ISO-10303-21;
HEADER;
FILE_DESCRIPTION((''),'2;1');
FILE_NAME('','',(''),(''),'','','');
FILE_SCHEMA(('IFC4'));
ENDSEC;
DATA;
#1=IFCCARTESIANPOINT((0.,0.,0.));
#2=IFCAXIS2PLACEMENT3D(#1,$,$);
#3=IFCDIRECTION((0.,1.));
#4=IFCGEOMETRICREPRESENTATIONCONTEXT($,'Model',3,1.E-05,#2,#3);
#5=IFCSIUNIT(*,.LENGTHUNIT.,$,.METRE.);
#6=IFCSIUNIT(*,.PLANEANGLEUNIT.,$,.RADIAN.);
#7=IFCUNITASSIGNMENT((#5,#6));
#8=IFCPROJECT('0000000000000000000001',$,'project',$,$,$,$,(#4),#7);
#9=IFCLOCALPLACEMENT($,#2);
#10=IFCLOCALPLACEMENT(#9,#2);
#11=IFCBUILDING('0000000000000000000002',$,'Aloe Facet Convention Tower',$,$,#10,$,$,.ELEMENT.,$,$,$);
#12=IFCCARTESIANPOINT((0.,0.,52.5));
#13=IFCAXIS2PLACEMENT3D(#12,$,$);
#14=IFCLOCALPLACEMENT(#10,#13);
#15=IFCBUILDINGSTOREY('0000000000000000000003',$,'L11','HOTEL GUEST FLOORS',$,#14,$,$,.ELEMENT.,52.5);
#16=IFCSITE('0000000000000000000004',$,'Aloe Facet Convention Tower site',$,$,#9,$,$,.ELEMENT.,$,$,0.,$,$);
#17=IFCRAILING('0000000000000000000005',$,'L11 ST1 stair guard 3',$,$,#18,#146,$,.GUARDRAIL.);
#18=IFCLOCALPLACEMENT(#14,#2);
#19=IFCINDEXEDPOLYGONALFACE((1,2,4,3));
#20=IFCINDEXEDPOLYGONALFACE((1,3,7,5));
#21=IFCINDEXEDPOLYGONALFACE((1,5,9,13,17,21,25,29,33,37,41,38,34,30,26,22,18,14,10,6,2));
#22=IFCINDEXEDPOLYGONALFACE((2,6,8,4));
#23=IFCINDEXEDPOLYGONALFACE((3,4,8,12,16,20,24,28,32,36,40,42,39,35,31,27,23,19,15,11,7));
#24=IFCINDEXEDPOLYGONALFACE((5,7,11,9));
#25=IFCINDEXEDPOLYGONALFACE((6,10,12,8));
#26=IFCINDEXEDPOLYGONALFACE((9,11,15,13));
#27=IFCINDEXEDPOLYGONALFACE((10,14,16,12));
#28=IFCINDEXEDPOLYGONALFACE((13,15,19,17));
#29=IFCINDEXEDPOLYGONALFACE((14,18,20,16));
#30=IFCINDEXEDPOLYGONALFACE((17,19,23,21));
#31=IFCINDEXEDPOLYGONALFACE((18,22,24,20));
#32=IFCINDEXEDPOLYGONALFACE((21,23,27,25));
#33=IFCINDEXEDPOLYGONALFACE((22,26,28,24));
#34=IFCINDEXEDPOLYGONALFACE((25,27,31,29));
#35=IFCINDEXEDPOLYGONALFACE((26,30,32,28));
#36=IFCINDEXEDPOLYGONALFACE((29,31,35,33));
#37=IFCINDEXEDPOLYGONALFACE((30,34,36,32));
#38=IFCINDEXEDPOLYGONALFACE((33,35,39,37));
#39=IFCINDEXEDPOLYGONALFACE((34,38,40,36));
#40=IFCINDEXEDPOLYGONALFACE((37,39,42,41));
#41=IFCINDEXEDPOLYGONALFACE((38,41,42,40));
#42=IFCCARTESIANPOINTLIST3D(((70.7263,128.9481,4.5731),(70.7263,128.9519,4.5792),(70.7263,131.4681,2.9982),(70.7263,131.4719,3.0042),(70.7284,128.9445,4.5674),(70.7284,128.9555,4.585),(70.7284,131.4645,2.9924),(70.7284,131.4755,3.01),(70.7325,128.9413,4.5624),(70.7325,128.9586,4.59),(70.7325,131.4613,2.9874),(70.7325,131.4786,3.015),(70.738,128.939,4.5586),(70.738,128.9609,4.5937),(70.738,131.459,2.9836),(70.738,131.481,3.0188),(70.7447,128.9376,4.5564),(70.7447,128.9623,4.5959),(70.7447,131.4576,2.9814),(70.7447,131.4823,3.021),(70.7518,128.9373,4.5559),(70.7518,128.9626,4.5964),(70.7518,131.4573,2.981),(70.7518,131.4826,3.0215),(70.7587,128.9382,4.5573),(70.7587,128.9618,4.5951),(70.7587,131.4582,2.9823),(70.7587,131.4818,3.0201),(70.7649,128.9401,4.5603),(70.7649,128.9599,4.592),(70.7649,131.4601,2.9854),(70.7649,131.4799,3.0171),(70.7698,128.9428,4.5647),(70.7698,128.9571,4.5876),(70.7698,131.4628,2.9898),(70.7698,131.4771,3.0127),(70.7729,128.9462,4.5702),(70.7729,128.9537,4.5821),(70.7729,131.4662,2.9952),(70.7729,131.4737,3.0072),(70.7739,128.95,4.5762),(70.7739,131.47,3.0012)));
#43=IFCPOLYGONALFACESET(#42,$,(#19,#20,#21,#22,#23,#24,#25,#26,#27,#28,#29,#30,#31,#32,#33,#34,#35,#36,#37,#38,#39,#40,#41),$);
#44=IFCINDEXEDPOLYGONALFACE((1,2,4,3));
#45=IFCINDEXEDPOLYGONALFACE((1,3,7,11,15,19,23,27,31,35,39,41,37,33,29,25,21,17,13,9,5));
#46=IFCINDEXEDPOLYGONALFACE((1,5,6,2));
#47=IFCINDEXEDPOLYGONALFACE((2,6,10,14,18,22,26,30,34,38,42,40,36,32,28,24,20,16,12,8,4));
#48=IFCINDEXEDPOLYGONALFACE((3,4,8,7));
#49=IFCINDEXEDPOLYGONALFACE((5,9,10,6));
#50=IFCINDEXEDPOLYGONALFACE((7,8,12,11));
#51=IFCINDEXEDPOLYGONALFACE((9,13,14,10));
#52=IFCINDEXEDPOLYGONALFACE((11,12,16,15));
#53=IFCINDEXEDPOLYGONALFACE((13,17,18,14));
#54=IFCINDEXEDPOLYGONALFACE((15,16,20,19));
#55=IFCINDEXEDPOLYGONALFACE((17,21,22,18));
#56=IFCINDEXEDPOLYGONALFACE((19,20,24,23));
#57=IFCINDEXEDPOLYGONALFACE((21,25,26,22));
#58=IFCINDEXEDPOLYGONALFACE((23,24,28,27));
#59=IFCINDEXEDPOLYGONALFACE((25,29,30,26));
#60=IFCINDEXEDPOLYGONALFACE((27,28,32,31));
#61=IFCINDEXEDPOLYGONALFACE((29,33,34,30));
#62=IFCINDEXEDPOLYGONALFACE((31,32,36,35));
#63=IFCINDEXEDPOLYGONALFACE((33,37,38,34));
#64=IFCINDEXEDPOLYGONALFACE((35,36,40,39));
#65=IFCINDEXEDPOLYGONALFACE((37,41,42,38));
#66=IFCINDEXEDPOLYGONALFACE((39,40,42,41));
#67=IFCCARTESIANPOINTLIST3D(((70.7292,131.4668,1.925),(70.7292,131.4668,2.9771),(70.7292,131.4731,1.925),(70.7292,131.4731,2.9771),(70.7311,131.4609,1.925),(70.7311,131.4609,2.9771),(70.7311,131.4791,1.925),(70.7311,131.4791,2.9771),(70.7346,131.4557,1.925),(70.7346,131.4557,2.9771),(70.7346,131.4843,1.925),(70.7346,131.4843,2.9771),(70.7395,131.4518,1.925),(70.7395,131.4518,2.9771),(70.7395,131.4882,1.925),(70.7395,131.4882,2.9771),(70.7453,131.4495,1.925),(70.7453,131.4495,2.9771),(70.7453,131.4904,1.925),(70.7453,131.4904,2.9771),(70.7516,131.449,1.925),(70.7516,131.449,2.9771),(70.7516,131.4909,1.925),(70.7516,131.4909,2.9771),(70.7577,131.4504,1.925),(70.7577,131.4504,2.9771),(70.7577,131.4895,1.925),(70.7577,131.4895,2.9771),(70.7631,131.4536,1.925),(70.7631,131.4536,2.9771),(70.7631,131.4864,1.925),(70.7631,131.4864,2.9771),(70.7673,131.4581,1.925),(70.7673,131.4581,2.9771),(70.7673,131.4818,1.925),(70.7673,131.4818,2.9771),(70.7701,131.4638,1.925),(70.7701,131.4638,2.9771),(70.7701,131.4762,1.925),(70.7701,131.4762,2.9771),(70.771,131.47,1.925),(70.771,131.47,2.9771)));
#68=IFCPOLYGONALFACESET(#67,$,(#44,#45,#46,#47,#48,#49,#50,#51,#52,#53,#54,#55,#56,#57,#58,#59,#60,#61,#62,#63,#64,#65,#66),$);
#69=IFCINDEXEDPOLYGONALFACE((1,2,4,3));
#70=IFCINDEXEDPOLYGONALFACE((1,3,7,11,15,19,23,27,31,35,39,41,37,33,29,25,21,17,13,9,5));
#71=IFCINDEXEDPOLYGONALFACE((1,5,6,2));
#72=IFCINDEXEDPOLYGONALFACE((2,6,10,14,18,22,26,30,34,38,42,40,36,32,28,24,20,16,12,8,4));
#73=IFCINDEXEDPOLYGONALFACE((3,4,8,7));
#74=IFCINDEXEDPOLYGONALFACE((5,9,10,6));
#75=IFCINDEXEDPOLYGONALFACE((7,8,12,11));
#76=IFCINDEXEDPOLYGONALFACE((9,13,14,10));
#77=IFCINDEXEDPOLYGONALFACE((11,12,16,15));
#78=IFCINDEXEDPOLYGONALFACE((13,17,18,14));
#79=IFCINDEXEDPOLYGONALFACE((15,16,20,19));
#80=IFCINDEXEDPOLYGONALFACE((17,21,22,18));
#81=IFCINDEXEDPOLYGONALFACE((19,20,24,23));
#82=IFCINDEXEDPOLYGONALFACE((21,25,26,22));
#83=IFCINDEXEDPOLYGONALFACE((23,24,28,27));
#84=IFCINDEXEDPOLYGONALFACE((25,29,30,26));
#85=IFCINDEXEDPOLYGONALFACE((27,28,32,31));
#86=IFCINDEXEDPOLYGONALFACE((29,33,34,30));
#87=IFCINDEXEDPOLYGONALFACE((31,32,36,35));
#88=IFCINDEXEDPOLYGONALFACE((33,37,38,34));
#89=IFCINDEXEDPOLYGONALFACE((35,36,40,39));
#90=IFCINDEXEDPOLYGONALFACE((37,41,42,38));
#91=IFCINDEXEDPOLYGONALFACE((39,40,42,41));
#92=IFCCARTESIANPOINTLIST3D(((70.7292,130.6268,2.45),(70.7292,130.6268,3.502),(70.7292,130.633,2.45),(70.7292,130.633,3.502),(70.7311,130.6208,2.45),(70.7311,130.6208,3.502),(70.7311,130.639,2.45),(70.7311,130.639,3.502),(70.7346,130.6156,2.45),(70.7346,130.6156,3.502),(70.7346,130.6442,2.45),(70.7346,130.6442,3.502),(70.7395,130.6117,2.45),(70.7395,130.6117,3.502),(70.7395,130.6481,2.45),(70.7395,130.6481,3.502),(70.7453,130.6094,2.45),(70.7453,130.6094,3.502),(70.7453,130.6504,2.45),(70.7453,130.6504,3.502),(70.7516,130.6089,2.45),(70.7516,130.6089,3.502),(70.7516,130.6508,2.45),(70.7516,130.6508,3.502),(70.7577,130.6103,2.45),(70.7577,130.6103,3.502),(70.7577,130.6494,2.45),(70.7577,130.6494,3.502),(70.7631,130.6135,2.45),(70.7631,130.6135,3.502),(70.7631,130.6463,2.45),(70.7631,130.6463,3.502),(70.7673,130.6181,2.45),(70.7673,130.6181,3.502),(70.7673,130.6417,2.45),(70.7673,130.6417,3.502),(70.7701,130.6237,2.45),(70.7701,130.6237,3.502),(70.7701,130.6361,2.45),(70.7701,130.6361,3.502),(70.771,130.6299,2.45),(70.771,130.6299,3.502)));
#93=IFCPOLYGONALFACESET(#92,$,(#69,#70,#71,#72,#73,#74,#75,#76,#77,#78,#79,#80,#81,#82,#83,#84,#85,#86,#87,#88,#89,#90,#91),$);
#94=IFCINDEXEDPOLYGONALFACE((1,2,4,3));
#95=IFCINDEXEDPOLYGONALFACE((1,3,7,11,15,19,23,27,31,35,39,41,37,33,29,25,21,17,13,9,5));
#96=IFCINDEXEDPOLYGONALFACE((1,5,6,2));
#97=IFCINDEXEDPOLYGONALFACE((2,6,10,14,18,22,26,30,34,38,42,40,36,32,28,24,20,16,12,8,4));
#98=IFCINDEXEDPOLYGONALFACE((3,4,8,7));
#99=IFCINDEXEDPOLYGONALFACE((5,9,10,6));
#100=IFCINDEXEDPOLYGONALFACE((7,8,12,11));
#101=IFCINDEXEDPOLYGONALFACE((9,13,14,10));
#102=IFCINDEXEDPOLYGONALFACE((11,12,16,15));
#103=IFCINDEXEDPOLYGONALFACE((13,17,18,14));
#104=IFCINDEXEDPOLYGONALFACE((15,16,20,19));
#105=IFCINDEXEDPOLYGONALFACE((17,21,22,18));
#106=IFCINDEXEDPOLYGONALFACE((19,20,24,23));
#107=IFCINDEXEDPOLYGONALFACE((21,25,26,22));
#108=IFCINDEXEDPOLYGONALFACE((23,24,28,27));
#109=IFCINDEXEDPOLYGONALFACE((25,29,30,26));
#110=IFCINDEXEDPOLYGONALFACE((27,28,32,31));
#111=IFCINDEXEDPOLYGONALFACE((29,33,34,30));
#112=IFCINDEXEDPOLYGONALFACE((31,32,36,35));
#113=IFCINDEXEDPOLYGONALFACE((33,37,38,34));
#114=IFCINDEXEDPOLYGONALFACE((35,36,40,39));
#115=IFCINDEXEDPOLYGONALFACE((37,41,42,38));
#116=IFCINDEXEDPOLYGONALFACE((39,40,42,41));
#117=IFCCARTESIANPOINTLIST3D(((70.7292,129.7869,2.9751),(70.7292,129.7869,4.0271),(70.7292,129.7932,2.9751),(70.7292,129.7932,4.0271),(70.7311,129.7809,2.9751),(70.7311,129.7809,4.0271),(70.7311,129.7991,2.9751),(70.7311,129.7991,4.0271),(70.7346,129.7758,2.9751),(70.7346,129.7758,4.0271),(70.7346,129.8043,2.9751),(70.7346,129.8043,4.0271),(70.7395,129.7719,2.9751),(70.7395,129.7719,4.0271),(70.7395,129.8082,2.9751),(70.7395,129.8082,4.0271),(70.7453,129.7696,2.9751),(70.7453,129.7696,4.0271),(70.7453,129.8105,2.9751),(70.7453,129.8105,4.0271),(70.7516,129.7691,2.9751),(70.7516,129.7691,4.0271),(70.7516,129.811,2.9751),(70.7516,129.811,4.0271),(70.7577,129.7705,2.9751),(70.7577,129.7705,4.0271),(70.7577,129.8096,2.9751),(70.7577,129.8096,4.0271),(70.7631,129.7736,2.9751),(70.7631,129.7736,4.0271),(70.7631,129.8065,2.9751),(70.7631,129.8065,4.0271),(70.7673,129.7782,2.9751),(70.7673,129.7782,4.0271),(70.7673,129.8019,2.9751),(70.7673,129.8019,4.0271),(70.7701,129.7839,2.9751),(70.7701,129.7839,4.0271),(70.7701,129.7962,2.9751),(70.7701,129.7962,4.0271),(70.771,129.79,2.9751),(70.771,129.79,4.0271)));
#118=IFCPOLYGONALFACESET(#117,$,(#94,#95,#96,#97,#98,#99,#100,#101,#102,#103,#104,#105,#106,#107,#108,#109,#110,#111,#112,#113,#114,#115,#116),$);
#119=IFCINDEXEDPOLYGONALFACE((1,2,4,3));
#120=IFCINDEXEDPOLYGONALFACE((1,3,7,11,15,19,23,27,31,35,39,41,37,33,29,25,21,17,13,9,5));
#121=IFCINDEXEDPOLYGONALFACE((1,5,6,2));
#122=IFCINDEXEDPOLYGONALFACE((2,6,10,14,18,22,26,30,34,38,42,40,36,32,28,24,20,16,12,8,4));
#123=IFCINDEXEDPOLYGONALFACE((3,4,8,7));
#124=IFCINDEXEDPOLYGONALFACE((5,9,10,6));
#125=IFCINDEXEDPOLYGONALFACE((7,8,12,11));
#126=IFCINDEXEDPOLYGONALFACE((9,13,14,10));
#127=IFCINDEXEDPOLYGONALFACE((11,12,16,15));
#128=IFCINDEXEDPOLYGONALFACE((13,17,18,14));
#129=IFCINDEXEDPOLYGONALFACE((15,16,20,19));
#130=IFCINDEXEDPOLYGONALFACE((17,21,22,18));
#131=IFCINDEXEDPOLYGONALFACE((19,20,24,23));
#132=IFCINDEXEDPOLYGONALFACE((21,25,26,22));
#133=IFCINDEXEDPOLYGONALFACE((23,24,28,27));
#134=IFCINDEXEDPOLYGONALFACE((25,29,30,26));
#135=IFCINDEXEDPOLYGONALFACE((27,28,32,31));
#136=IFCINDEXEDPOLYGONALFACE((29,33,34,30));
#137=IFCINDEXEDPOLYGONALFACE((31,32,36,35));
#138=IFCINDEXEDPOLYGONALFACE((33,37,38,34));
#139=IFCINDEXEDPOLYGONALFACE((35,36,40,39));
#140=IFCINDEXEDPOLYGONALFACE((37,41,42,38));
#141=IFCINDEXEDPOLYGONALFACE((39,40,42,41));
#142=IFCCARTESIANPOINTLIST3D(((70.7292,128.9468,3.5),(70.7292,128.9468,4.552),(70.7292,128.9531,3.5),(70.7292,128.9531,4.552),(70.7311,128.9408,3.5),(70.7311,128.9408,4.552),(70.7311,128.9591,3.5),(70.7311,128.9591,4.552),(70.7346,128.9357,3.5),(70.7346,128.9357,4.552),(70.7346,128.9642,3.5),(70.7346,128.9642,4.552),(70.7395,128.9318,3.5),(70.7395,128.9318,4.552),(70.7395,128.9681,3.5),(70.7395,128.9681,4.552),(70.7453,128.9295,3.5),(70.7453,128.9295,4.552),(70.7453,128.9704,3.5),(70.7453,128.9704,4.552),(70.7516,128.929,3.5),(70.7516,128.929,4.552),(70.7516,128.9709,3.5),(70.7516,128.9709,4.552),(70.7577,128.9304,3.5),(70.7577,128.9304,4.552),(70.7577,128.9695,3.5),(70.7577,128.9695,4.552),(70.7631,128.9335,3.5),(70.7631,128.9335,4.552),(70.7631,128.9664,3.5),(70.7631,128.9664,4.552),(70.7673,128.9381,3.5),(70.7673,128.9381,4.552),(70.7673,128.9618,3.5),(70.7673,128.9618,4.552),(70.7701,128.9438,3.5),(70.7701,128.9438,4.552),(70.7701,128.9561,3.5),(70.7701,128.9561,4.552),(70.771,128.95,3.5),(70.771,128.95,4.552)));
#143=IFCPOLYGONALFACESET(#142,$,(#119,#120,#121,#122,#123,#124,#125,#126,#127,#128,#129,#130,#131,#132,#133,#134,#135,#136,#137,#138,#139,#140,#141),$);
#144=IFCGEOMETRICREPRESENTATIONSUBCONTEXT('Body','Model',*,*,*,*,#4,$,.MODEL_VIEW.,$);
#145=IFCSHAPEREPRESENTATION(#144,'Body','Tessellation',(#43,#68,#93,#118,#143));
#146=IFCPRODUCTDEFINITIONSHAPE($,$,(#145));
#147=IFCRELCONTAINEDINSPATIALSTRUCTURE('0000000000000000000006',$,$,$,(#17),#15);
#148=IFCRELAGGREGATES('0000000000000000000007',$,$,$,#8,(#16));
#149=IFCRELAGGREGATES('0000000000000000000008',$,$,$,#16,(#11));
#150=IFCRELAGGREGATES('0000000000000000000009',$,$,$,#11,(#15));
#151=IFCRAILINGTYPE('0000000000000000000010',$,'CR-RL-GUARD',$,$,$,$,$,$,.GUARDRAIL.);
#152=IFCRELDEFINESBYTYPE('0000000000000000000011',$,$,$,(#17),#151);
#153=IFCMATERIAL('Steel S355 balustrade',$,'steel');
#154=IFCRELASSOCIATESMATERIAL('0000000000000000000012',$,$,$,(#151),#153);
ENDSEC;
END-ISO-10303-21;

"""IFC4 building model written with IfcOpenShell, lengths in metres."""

from ifc_helpers import new_model, si_unit, direction, frame, origin, origin_2d, place, context, subcontext, project, spatial, circle, extrude, material, type_object, element, save


model = new_model("IFC4")

# Units and contexts
model_context = context("Model", 3, precision=1e-05, world=origin(), true_north=direction((0.0, 1.0)))
body_context = subcontext(model_context, "Body", "Model", "MODEL_VIEW")
ifc_project = project(units=[si_unit("LENGTHUNIT", "METRE"), si_unit("PLANEANGLEUNIT", "RADIAN")], contexts=[model_context])

# Site, building, storey
site_placement = place(None, origin())
site = spatial("IfcSite", under=ifc_project, at=site_placement, Name="Aloe Facet Convention Tower site", CompositionType="ELEMENT", RefElevation=0.0)
building_placement = place(site_placement, origin())
building = spatial("IfcBuilding", under=site, at=building_placement, Name="Aloe Facet Convention Tower", CompositionType="ELEMENT")
storey_placement = place(building_placement, frame((0.0, 0.0, 52.5)))
storey = spatial("IfcBuildingStorey", under=building, at=storey_placement, Name="L11", Description="HOTEL GUEST FLOORS", CompositionType="ELEMENT", Elevation=52.5)

# Railing
ifc_material_1 = material(Name="Steel S355 balustrade", Category="steel")
railing_type_1 = type_object("IfcRailingType", Name="CR-RL-GUARD", PredefinedType="GUARDRAIL", material=ifc_material_1)
railing_1_placement = place(storey_placement, frame((70.75, 131.47, 1.925)))
element("IfcRailing", 1, at=railing_1_placement, inside=storey, type_object=railing_type_1, Name="L11 ST1 stair guard 3", PredefinedType="GUARDRAIL", context=body_context, shape_type="SweptSolid", body=[
    extrude(circle(Radius=0.0239, at=origin_2d()), frame((0.0, 0.0, 1.0762), z_axis=(0.0, -0.848008, 0.529984), x_axis=(1.0, 0.0, 0.0)), (0.0, 0.0, 1.0), 2.9717),
    extrude(circle(Radius=0.021, at=origin_2d()), origin(), (0.0, 0.0, 1.0), 1.052),
    extrude(circle(Radius=0.021, at=origin_2d()), frame((0.0, -0.8401, 0.5249)), (0.0, 0.0, 1.0), 1.052),
    extrude(circle(Radius=0.021, at=origin_2d()), frame((0.0, -1.6799, 1.05)), (0.0, 0.0, 1.0), 1.052),
    extrude(circle(Radius=0.021, at=origin_2d()), frame((0.0, -2.52, 1.575)), (0.0, 0.0, 1.0), 1.052),
])

save(model, "model.ifc")
